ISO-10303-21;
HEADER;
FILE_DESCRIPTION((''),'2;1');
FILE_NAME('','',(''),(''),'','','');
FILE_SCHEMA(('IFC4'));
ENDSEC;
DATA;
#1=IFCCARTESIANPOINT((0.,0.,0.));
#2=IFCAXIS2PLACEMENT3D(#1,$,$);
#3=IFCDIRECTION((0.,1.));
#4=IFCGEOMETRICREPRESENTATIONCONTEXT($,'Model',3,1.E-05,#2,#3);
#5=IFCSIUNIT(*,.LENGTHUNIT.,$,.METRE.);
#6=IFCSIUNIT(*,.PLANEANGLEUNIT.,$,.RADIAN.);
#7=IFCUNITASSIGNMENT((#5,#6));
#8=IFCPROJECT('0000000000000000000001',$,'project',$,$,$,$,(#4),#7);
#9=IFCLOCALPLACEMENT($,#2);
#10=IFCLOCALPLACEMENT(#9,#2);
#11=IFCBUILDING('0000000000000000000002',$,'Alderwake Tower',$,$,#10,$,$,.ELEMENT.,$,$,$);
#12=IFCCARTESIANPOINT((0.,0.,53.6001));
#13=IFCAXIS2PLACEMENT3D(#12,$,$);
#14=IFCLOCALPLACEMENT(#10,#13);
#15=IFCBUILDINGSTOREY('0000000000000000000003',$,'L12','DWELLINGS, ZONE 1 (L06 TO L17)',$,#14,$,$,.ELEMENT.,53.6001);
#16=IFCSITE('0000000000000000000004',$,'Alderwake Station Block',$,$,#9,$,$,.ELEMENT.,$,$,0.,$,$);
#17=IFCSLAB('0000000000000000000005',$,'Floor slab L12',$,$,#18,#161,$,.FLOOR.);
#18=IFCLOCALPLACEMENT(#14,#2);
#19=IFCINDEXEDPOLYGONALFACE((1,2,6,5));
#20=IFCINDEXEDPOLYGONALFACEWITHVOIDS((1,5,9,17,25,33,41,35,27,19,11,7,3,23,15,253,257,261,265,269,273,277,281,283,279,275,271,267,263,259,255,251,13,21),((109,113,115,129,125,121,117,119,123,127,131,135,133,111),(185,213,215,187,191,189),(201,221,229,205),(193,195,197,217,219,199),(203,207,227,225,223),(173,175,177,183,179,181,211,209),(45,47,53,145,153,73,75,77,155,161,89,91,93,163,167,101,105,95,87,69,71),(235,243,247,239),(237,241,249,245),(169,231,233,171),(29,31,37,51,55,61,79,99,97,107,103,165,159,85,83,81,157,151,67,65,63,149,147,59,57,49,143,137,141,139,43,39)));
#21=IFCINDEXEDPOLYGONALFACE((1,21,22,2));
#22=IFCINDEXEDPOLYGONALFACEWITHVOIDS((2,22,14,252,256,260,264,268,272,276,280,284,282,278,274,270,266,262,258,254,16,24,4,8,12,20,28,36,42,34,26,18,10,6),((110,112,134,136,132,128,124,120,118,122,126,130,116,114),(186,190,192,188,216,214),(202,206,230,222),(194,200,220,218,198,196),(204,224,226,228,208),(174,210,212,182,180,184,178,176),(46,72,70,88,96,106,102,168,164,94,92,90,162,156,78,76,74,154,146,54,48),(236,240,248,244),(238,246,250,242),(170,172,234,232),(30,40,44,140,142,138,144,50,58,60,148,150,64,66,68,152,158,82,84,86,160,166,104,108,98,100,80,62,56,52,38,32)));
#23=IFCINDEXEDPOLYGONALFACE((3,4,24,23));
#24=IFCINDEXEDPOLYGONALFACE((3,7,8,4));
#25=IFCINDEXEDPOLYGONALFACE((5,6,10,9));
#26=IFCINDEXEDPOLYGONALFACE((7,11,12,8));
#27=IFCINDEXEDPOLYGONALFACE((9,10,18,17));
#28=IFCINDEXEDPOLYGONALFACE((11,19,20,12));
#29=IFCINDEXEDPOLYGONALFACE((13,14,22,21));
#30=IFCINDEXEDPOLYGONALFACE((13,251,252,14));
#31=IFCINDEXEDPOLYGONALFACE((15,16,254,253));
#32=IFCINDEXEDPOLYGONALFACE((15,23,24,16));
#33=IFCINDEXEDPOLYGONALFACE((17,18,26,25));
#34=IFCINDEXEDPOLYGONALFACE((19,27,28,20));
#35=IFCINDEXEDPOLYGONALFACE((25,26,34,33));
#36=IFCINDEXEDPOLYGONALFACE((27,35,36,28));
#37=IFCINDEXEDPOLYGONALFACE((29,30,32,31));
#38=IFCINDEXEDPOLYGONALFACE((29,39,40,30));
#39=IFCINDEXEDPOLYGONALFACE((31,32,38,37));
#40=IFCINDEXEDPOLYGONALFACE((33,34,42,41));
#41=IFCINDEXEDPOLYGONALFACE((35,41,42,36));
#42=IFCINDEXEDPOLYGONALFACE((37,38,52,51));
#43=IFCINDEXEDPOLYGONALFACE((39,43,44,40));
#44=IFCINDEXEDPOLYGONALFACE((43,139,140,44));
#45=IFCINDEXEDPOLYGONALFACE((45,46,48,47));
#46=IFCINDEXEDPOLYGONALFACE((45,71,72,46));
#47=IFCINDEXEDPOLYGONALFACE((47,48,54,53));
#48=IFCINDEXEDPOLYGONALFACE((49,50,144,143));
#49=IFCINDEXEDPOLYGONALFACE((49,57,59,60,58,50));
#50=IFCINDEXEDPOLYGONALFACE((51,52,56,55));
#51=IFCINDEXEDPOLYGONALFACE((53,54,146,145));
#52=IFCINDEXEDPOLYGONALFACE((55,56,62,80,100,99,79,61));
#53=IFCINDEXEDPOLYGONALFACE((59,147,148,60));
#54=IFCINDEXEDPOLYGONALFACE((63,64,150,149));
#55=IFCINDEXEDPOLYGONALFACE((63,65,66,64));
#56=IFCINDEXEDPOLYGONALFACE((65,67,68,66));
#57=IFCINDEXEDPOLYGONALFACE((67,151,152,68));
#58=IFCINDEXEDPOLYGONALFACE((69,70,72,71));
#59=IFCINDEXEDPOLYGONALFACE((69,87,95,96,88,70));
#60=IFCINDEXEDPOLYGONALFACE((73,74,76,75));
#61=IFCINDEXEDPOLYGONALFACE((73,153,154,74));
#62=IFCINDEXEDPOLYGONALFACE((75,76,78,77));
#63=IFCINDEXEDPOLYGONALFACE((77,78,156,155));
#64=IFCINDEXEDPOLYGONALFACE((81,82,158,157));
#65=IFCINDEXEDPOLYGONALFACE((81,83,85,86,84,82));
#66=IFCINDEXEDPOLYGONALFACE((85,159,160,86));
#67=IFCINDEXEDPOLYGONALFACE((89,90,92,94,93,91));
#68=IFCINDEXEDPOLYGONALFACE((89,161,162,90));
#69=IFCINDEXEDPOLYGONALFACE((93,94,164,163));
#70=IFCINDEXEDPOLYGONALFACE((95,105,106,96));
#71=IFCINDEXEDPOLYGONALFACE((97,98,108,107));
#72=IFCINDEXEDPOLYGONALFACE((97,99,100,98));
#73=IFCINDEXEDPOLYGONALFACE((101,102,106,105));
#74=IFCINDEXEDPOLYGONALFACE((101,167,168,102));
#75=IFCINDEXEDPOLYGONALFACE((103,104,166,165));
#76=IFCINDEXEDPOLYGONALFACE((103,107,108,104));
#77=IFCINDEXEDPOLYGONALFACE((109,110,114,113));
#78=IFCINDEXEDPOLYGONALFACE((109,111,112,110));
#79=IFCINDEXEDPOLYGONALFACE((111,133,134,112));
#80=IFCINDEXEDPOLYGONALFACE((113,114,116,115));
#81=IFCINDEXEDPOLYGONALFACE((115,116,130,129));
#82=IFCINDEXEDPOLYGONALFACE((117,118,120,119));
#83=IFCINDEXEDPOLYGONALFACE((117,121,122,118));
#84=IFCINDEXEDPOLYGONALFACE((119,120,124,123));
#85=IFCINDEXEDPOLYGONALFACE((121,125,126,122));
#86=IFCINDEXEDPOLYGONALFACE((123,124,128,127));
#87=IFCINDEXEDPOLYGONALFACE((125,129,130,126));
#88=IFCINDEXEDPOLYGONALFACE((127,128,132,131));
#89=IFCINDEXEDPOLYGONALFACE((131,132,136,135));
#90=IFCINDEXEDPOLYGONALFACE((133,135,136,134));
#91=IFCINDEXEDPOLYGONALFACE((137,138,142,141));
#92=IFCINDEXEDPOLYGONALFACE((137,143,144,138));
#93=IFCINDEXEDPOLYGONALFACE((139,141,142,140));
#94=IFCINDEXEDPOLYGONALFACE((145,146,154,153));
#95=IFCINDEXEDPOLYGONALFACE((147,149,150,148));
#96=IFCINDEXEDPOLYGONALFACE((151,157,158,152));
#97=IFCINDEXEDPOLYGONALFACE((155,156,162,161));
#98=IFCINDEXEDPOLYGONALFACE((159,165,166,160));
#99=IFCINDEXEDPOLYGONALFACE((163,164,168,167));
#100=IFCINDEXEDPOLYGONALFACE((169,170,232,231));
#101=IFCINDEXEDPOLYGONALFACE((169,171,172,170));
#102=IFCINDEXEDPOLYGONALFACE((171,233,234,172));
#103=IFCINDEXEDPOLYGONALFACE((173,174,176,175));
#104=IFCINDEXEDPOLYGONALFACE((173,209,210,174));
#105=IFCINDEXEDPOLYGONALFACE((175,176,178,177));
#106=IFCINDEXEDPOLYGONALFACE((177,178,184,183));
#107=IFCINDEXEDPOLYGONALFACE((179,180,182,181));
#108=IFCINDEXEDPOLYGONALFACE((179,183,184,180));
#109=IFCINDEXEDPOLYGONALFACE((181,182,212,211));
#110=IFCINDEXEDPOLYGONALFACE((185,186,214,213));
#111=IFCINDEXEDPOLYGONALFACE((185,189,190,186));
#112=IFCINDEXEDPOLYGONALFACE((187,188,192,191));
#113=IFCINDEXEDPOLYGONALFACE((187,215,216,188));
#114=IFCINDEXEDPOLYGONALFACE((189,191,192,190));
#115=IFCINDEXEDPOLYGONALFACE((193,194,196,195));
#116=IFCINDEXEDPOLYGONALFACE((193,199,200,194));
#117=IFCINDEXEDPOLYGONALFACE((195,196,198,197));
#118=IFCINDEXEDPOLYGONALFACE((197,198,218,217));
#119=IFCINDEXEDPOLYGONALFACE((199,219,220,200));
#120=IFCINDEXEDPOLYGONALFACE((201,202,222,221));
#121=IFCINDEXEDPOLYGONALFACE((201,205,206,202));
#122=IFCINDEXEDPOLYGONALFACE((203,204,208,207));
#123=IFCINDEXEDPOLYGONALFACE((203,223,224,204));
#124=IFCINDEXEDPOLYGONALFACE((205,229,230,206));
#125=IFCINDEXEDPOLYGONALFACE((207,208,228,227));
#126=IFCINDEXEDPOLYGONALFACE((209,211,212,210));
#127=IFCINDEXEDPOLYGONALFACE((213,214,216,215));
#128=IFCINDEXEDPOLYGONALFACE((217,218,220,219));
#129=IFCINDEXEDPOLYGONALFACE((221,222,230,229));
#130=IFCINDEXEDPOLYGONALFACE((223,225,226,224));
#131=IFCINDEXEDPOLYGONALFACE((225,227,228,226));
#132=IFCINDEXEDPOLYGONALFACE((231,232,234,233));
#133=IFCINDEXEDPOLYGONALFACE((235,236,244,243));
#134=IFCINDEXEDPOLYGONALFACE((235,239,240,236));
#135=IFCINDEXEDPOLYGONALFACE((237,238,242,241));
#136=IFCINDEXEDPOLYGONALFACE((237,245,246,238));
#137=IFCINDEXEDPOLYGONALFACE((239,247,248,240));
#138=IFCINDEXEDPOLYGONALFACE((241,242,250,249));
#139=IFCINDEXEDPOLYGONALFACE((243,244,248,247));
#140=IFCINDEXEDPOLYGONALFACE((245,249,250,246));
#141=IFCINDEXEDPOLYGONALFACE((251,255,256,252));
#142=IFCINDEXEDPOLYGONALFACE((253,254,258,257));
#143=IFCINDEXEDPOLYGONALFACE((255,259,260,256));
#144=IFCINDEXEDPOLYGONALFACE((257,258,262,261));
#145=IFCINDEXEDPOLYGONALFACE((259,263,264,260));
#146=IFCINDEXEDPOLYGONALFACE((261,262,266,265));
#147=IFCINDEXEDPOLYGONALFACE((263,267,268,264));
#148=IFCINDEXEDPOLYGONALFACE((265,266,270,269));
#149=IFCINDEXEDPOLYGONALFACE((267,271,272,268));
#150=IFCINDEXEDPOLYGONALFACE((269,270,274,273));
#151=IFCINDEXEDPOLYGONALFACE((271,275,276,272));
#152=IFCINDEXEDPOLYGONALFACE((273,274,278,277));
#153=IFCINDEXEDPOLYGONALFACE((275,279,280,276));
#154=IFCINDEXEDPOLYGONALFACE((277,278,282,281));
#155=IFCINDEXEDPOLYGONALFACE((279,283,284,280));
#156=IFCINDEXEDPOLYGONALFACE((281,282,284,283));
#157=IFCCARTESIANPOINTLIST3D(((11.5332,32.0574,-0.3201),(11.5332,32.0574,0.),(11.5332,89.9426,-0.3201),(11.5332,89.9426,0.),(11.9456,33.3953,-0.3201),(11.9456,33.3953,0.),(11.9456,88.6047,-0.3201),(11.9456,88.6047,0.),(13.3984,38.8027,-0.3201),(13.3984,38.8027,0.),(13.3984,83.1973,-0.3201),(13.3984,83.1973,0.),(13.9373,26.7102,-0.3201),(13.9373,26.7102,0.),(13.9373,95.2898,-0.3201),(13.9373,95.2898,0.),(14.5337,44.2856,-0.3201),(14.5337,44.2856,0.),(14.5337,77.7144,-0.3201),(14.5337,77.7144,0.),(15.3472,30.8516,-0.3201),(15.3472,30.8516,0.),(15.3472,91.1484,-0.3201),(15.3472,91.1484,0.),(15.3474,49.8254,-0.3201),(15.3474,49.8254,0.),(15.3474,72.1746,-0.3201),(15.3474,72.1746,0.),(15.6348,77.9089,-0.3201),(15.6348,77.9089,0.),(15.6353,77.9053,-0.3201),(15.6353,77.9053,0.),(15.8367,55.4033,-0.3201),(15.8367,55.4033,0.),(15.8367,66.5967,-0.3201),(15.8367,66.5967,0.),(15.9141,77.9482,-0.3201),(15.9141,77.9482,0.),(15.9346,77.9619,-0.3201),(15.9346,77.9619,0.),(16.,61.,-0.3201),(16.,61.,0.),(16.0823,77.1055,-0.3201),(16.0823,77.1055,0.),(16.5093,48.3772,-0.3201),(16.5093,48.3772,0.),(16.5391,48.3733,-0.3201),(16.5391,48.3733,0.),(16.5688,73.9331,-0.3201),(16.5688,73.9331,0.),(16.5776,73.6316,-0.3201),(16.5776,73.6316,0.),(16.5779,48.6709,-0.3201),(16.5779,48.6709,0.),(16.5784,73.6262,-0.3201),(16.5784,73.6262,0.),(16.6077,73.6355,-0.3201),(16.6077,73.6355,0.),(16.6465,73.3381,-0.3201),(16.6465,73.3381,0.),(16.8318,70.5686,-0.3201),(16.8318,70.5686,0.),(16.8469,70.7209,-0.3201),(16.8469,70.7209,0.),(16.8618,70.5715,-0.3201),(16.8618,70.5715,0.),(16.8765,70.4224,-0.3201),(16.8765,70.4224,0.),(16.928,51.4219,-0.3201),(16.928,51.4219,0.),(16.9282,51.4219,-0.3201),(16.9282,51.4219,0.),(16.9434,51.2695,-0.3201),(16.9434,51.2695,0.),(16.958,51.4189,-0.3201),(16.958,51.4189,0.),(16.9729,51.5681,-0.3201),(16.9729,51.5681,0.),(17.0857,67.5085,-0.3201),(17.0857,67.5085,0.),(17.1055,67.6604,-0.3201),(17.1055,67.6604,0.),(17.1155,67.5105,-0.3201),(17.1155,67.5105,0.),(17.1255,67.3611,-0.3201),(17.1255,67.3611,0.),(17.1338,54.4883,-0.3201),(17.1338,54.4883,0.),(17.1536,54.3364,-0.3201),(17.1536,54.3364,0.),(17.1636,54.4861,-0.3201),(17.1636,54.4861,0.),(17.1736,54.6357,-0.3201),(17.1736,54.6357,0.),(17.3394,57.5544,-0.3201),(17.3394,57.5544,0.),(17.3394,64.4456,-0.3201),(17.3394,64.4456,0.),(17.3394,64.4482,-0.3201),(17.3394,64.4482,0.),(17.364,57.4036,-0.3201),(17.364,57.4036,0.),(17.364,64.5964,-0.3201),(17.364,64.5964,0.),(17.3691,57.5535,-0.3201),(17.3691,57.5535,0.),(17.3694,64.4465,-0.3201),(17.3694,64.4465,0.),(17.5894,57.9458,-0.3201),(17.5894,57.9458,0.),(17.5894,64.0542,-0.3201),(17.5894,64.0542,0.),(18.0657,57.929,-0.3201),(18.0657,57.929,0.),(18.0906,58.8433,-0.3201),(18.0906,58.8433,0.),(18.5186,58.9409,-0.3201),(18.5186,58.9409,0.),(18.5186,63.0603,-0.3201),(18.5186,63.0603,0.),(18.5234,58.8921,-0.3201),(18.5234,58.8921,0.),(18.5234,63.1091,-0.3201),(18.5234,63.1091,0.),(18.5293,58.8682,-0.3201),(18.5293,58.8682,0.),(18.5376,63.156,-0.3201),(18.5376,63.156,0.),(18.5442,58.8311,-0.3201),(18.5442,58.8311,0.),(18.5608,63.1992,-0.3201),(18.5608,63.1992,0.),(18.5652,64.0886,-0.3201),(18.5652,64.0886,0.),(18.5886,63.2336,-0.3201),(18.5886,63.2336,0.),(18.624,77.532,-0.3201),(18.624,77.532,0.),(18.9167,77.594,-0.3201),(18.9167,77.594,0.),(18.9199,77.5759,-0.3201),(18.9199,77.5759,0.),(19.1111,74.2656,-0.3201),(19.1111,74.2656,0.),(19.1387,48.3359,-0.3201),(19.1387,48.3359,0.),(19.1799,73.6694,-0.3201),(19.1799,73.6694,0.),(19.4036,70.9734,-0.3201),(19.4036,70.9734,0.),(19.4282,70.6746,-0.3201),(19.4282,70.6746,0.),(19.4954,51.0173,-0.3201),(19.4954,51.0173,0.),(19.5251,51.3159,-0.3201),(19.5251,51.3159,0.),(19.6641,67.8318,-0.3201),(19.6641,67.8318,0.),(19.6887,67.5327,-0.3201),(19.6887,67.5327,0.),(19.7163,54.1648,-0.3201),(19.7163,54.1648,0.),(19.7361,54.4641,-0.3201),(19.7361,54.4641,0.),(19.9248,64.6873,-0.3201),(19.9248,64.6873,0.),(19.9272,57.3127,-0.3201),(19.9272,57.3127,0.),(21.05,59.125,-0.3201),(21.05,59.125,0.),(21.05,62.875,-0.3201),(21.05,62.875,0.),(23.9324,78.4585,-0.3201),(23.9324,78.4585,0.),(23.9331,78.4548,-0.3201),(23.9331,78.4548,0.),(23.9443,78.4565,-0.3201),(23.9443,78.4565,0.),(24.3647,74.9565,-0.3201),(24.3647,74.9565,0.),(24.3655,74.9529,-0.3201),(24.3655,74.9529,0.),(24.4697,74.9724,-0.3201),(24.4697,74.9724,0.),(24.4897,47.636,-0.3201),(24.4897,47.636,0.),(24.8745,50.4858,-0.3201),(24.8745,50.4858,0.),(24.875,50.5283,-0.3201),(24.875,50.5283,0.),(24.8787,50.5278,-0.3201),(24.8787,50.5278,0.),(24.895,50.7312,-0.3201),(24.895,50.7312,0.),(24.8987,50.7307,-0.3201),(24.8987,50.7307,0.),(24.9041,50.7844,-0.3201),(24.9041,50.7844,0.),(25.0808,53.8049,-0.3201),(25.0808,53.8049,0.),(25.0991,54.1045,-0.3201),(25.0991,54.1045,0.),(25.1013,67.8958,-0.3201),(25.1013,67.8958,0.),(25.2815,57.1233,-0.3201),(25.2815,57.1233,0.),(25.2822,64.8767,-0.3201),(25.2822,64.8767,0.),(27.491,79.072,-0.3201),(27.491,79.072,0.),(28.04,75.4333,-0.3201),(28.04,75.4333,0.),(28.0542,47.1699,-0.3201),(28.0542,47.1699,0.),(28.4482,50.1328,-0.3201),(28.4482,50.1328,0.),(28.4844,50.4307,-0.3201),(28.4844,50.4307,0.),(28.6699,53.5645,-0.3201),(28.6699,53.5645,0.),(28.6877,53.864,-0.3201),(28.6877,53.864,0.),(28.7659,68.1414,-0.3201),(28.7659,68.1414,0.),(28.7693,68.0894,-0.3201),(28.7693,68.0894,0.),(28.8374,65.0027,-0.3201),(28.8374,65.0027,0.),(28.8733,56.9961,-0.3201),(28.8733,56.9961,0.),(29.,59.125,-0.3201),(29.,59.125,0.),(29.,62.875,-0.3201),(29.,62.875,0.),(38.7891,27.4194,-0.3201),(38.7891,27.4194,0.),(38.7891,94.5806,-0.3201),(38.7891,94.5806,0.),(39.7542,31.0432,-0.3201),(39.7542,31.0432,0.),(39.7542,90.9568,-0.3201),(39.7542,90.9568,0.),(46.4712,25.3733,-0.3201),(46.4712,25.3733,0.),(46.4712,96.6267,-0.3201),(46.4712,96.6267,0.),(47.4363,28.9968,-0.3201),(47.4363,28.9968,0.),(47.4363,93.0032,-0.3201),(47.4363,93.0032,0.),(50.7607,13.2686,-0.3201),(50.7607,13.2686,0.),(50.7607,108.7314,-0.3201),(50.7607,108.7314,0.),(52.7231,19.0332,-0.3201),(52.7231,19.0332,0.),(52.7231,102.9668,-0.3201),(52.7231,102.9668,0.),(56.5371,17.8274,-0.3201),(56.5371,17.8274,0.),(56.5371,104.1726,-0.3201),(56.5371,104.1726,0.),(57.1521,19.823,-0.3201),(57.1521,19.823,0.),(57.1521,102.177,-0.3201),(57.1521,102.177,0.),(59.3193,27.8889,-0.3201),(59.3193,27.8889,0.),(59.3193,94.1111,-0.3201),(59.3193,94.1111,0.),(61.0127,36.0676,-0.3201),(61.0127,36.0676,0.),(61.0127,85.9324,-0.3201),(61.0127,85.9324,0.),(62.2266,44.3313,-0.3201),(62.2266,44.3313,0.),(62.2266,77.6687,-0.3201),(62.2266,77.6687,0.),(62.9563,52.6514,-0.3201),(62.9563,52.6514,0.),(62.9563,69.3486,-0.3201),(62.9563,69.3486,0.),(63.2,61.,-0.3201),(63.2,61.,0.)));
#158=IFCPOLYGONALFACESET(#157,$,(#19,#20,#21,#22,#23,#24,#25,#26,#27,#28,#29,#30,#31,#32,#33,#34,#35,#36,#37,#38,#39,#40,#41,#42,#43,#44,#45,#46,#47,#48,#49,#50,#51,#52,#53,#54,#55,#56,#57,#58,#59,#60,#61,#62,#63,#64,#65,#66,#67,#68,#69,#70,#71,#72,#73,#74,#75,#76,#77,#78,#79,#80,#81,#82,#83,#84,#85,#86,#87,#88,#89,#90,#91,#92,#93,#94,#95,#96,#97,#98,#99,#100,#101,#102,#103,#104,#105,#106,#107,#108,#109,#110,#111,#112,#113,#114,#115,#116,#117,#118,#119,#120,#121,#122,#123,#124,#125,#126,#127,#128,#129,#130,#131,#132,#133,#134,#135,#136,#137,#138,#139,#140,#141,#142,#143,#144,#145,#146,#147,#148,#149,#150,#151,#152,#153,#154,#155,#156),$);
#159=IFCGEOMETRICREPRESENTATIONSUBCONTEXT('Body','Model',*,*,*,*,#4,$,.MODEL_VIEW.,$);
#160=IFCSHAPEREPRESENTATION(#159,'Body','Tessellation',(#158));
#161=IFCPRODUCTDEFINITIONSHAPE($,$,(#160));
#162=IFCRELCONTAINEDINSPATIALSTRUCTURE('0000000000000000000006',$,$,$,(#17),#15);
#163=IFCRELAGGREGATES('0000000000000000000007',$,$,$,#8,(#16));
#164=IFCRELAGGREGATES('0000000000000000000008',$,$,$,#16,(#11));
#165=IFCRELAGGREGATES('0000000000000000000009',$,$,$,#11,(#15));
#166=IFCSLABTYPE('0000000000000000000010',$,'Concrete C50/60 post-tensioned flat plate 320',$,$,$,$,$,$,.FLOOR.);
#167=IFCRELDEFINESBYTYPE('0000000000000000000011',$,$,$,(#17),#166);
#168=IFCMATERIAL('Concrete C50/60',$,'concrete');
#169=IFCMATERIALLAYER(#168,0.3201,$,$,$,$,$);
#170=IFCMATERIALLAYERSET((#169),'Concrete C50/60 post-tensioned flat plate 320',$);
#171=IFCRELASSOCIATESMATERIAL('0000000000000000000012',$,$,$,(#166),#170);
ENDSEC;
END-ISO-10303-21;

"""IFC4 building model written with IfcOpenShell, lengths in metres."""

from ifc_helpers import new_model, si_unit, direction, frame, origin, place, context, subcontext, project, spatial, polyline, outline, extrude, material, layer, layer_set, type_object, element, save


model = new_model("IFC4")

# Units and contexts
model_context = context("Model", 3, precision=1e-05, world=origin(), true_north=direction((0.0, 1.0)))
body_context = subcontext(model_context, "Body", "Model", "MODEL_VIEW")
ifc_project = project(units=[si_unit("LENGTHUNIT", "METRE"), si_unit("PLANEANGLEUNIT", "RADIAN")], contexts=[model_context])

# Site, building, storey
site_placement = place(None, origin())
site = spatial("IfcSite", under=ifc_project, at=site_placement, Name="Alderwake Station Block", CompositionType="ELEMENT", RefElevation=0.0)
building_placement = place(site_placement, origin())
building = spatial("IfcBuilding", under=site, at=building_placement, Name="Alderwake Tower", CompositionType="ELEMENT")
storey_placement = place(building_placement, frame((0.0, 0.0, 53.6001)))
storey = spatial("IfcBuildingStorey", under=building, at=storey_placement, Name="L12", Description="DWELLINGS, ZONE 1 (L06 TO L17)", CompositionType="ELEMENT", Elevation=53.6001)

# Slab
ifc_material_1 = material(Name="Concrete C50/60", Category="concrete")
ifc_layer_1 = layer(ifc_material_1, 0.3201)
ifc_layer_set_1 = layer_set([ifc_layer_1], Name="Concrete C50/60 post-tensioned flat plate 320")
slab_type_1 = type_object("IfcSlabType", Name="Concrete C50/60 post-tensioned flat plate 320", PredefinedType="FLOOR", material=ifc_layer_set_1)
slab_1_placement = place(storey_placement, frame((0.0, 0.0, -0.3201)))
element("IfcSlab", 1, at=slab_1_placement, inside=storey, type_object=slab_type_1, Name="Floor slab L12", PredefinedType="FLOOR", context=body_context, shape_type="SweptSolid", body=[
    extrude(outline(polyline([(11.5332, 32.0574), (11.9456, 33.3953), (13.3984, 38.8027), (14.5337, 44.2856), (15.3474, 49.8254), (15.8367, 55.4033), (16.0, 61.0), (15.8367, 66.5967), (15.3474, 72.1746), (14.5337, 77.7144), (13.3984, 83.1973), (11.9456, 88.6047), (11.5332, 89.9426), (15.3472, 91.1484), (13.9373, 95.2898), (50.7607, 108.7314), (52.7231, 102.9668), (56.5371, 104.1726), (57.1521, 102.177), (59.3193, 94.1111), (61.0127, 85.9324), (62.2266, 77.6687), (62.9563, 69.3486), (63.2, 61.0), (62.9563, 52.6514), (62.2266, 44.3313), (61.0127, 36.0676), (59.3193, 27.8889), (57.1521, 19.823), (56.5371, 17.8274), (52.7231, 19.0332), (50.7607, 13.2686), (13.9373, 26.7102), (15.3472, 30.8516), (11.5332, 32.0574)]), holes=[polyline([(16.9434, 51.2695), (16.958, 51.4189), (16.9729, 51.5681), (19.5251, 51.3159), (19.7163, 54.1648), (17.1536, 54.3364), (17.1636, 54.4861), (17.1736, 54.6357), (19.7361, 54.4641), (19.9272, 57.3127), (17.364, 57.4036), (17.3691, 57.5535), (17.3394, 57.5544), (17.1338, 54.4883), (16.928, 51.4219), (16.9282, 51.4219), (16.5093, 48.3772), (16.5391, 48.3733), (16.5779, 48.6709), (19.1387, 48.3359), (19.4954, 51.0173), (16.9434, 51.2695)]), polyline([(29.0, 62.875), (21.05, 62.875), (21.05, 59.125), (29.0, 59.125), (29.0, 62.875)]), polyline([(19.6887, 67.5327), (17.1255, 67.3611), (17.1155, 67.5105), (17.1055, 67.6604), (19.6641, 67.8318), (19.4282, 70.6746), (16.8765, 70.4224), (16.8618, 70.5715), (16.8469, 70.7209), (19.4036, 70.9734), (19.1799, 73.6694), (16.6465, 73.3381), (16.6077, 73.6355), (16.5688, 73.9331), (19.1111, 74.2656), (18.624, 77.532), (18.9199, 77.5759), (18.9167, 77.594), (16.0823, 77.1055), (15.9346, 77.9619), (15.6348, 77.9089), (15.6353, 77.9053), (15.9141, 77.9482), (16.5776, 73.6316), (16.5784, 73.6262), (16.8318, 70.5686), (17.0857, 67.5085), (17.3394, 64.4482), (17.3394, 64.4456), (17.3694, 64.4465), (17.364, 64.5964), (19.9248, 64.6873), (19.6887, 67.5327)]), polyline([(47.4363, 28.9968), (39.7542, 31.0432), (38.7891, 27.4194), (46.4712, 25.3733), (47.4363, 28.9968)]), polyline([(28.0542, 47.1699), (28.4482, 50.1328), (24.8745, 50.4858), (24.8787, 50.5278), (24.875, 50.5283), (24.4897, 47.636), (28.0542, 47.1699)]), polyline([(25.0808, 53.8049), (24.895, 50.7312), (24.8987, 50.7307), (24.9041, 50.7844), (28.4844, 50.4307), (28.6699, 53.5645), (25.0808, 53.8049)]), polyline([(28.8733, 56.9961), (25.2815, 57.1233), (25.0991, 54.1045), (28.6877, 53.864), (28.8733, 56.9961)]), polyline([(28.7693, 68.0894), (28.7659, 68.1414), (25.1013, 67.8958), (25.2822, 64.8767), (28.8374, 65.0027), (28.7693, 68.0894)]), polyline([(27.491, 79.072), (23.9324, 78.4585), (23.9331, 78.4548), (23.9443, 78.4565), (24.4697, 74.9724), (24.3647, 74.9565), (24.3655, 74.9529), (28.04, 75.4333), (27.491, 79.072)]), polyline([(46.4712, 96.6267), (38.7891, 94.5806), (39.7542, 90.9568), (47.4363, 93.0032), (46.4712, 96.6267)]), polyline([(17.5894, 64.0542), (17.5894, 57.9458), (18.0657, 57.929), (18.0906, 58.8433), (18.5442, 58.8311), (18.5293, 58.8682), (18.5234, 58.8921), (18.5186, 58.9409), (18.5186, 63.0603), (18.5234, 63.1091), (18.5376, 63.156), (18.5608, 63.1992), (18.5886, 63.2336), (18.5652, 64.0886), (17.5894, 64.0542)])]), origin(), (0.0, 0.0, 1.0), 0.3201),
])

save(model, "model.ifc")
